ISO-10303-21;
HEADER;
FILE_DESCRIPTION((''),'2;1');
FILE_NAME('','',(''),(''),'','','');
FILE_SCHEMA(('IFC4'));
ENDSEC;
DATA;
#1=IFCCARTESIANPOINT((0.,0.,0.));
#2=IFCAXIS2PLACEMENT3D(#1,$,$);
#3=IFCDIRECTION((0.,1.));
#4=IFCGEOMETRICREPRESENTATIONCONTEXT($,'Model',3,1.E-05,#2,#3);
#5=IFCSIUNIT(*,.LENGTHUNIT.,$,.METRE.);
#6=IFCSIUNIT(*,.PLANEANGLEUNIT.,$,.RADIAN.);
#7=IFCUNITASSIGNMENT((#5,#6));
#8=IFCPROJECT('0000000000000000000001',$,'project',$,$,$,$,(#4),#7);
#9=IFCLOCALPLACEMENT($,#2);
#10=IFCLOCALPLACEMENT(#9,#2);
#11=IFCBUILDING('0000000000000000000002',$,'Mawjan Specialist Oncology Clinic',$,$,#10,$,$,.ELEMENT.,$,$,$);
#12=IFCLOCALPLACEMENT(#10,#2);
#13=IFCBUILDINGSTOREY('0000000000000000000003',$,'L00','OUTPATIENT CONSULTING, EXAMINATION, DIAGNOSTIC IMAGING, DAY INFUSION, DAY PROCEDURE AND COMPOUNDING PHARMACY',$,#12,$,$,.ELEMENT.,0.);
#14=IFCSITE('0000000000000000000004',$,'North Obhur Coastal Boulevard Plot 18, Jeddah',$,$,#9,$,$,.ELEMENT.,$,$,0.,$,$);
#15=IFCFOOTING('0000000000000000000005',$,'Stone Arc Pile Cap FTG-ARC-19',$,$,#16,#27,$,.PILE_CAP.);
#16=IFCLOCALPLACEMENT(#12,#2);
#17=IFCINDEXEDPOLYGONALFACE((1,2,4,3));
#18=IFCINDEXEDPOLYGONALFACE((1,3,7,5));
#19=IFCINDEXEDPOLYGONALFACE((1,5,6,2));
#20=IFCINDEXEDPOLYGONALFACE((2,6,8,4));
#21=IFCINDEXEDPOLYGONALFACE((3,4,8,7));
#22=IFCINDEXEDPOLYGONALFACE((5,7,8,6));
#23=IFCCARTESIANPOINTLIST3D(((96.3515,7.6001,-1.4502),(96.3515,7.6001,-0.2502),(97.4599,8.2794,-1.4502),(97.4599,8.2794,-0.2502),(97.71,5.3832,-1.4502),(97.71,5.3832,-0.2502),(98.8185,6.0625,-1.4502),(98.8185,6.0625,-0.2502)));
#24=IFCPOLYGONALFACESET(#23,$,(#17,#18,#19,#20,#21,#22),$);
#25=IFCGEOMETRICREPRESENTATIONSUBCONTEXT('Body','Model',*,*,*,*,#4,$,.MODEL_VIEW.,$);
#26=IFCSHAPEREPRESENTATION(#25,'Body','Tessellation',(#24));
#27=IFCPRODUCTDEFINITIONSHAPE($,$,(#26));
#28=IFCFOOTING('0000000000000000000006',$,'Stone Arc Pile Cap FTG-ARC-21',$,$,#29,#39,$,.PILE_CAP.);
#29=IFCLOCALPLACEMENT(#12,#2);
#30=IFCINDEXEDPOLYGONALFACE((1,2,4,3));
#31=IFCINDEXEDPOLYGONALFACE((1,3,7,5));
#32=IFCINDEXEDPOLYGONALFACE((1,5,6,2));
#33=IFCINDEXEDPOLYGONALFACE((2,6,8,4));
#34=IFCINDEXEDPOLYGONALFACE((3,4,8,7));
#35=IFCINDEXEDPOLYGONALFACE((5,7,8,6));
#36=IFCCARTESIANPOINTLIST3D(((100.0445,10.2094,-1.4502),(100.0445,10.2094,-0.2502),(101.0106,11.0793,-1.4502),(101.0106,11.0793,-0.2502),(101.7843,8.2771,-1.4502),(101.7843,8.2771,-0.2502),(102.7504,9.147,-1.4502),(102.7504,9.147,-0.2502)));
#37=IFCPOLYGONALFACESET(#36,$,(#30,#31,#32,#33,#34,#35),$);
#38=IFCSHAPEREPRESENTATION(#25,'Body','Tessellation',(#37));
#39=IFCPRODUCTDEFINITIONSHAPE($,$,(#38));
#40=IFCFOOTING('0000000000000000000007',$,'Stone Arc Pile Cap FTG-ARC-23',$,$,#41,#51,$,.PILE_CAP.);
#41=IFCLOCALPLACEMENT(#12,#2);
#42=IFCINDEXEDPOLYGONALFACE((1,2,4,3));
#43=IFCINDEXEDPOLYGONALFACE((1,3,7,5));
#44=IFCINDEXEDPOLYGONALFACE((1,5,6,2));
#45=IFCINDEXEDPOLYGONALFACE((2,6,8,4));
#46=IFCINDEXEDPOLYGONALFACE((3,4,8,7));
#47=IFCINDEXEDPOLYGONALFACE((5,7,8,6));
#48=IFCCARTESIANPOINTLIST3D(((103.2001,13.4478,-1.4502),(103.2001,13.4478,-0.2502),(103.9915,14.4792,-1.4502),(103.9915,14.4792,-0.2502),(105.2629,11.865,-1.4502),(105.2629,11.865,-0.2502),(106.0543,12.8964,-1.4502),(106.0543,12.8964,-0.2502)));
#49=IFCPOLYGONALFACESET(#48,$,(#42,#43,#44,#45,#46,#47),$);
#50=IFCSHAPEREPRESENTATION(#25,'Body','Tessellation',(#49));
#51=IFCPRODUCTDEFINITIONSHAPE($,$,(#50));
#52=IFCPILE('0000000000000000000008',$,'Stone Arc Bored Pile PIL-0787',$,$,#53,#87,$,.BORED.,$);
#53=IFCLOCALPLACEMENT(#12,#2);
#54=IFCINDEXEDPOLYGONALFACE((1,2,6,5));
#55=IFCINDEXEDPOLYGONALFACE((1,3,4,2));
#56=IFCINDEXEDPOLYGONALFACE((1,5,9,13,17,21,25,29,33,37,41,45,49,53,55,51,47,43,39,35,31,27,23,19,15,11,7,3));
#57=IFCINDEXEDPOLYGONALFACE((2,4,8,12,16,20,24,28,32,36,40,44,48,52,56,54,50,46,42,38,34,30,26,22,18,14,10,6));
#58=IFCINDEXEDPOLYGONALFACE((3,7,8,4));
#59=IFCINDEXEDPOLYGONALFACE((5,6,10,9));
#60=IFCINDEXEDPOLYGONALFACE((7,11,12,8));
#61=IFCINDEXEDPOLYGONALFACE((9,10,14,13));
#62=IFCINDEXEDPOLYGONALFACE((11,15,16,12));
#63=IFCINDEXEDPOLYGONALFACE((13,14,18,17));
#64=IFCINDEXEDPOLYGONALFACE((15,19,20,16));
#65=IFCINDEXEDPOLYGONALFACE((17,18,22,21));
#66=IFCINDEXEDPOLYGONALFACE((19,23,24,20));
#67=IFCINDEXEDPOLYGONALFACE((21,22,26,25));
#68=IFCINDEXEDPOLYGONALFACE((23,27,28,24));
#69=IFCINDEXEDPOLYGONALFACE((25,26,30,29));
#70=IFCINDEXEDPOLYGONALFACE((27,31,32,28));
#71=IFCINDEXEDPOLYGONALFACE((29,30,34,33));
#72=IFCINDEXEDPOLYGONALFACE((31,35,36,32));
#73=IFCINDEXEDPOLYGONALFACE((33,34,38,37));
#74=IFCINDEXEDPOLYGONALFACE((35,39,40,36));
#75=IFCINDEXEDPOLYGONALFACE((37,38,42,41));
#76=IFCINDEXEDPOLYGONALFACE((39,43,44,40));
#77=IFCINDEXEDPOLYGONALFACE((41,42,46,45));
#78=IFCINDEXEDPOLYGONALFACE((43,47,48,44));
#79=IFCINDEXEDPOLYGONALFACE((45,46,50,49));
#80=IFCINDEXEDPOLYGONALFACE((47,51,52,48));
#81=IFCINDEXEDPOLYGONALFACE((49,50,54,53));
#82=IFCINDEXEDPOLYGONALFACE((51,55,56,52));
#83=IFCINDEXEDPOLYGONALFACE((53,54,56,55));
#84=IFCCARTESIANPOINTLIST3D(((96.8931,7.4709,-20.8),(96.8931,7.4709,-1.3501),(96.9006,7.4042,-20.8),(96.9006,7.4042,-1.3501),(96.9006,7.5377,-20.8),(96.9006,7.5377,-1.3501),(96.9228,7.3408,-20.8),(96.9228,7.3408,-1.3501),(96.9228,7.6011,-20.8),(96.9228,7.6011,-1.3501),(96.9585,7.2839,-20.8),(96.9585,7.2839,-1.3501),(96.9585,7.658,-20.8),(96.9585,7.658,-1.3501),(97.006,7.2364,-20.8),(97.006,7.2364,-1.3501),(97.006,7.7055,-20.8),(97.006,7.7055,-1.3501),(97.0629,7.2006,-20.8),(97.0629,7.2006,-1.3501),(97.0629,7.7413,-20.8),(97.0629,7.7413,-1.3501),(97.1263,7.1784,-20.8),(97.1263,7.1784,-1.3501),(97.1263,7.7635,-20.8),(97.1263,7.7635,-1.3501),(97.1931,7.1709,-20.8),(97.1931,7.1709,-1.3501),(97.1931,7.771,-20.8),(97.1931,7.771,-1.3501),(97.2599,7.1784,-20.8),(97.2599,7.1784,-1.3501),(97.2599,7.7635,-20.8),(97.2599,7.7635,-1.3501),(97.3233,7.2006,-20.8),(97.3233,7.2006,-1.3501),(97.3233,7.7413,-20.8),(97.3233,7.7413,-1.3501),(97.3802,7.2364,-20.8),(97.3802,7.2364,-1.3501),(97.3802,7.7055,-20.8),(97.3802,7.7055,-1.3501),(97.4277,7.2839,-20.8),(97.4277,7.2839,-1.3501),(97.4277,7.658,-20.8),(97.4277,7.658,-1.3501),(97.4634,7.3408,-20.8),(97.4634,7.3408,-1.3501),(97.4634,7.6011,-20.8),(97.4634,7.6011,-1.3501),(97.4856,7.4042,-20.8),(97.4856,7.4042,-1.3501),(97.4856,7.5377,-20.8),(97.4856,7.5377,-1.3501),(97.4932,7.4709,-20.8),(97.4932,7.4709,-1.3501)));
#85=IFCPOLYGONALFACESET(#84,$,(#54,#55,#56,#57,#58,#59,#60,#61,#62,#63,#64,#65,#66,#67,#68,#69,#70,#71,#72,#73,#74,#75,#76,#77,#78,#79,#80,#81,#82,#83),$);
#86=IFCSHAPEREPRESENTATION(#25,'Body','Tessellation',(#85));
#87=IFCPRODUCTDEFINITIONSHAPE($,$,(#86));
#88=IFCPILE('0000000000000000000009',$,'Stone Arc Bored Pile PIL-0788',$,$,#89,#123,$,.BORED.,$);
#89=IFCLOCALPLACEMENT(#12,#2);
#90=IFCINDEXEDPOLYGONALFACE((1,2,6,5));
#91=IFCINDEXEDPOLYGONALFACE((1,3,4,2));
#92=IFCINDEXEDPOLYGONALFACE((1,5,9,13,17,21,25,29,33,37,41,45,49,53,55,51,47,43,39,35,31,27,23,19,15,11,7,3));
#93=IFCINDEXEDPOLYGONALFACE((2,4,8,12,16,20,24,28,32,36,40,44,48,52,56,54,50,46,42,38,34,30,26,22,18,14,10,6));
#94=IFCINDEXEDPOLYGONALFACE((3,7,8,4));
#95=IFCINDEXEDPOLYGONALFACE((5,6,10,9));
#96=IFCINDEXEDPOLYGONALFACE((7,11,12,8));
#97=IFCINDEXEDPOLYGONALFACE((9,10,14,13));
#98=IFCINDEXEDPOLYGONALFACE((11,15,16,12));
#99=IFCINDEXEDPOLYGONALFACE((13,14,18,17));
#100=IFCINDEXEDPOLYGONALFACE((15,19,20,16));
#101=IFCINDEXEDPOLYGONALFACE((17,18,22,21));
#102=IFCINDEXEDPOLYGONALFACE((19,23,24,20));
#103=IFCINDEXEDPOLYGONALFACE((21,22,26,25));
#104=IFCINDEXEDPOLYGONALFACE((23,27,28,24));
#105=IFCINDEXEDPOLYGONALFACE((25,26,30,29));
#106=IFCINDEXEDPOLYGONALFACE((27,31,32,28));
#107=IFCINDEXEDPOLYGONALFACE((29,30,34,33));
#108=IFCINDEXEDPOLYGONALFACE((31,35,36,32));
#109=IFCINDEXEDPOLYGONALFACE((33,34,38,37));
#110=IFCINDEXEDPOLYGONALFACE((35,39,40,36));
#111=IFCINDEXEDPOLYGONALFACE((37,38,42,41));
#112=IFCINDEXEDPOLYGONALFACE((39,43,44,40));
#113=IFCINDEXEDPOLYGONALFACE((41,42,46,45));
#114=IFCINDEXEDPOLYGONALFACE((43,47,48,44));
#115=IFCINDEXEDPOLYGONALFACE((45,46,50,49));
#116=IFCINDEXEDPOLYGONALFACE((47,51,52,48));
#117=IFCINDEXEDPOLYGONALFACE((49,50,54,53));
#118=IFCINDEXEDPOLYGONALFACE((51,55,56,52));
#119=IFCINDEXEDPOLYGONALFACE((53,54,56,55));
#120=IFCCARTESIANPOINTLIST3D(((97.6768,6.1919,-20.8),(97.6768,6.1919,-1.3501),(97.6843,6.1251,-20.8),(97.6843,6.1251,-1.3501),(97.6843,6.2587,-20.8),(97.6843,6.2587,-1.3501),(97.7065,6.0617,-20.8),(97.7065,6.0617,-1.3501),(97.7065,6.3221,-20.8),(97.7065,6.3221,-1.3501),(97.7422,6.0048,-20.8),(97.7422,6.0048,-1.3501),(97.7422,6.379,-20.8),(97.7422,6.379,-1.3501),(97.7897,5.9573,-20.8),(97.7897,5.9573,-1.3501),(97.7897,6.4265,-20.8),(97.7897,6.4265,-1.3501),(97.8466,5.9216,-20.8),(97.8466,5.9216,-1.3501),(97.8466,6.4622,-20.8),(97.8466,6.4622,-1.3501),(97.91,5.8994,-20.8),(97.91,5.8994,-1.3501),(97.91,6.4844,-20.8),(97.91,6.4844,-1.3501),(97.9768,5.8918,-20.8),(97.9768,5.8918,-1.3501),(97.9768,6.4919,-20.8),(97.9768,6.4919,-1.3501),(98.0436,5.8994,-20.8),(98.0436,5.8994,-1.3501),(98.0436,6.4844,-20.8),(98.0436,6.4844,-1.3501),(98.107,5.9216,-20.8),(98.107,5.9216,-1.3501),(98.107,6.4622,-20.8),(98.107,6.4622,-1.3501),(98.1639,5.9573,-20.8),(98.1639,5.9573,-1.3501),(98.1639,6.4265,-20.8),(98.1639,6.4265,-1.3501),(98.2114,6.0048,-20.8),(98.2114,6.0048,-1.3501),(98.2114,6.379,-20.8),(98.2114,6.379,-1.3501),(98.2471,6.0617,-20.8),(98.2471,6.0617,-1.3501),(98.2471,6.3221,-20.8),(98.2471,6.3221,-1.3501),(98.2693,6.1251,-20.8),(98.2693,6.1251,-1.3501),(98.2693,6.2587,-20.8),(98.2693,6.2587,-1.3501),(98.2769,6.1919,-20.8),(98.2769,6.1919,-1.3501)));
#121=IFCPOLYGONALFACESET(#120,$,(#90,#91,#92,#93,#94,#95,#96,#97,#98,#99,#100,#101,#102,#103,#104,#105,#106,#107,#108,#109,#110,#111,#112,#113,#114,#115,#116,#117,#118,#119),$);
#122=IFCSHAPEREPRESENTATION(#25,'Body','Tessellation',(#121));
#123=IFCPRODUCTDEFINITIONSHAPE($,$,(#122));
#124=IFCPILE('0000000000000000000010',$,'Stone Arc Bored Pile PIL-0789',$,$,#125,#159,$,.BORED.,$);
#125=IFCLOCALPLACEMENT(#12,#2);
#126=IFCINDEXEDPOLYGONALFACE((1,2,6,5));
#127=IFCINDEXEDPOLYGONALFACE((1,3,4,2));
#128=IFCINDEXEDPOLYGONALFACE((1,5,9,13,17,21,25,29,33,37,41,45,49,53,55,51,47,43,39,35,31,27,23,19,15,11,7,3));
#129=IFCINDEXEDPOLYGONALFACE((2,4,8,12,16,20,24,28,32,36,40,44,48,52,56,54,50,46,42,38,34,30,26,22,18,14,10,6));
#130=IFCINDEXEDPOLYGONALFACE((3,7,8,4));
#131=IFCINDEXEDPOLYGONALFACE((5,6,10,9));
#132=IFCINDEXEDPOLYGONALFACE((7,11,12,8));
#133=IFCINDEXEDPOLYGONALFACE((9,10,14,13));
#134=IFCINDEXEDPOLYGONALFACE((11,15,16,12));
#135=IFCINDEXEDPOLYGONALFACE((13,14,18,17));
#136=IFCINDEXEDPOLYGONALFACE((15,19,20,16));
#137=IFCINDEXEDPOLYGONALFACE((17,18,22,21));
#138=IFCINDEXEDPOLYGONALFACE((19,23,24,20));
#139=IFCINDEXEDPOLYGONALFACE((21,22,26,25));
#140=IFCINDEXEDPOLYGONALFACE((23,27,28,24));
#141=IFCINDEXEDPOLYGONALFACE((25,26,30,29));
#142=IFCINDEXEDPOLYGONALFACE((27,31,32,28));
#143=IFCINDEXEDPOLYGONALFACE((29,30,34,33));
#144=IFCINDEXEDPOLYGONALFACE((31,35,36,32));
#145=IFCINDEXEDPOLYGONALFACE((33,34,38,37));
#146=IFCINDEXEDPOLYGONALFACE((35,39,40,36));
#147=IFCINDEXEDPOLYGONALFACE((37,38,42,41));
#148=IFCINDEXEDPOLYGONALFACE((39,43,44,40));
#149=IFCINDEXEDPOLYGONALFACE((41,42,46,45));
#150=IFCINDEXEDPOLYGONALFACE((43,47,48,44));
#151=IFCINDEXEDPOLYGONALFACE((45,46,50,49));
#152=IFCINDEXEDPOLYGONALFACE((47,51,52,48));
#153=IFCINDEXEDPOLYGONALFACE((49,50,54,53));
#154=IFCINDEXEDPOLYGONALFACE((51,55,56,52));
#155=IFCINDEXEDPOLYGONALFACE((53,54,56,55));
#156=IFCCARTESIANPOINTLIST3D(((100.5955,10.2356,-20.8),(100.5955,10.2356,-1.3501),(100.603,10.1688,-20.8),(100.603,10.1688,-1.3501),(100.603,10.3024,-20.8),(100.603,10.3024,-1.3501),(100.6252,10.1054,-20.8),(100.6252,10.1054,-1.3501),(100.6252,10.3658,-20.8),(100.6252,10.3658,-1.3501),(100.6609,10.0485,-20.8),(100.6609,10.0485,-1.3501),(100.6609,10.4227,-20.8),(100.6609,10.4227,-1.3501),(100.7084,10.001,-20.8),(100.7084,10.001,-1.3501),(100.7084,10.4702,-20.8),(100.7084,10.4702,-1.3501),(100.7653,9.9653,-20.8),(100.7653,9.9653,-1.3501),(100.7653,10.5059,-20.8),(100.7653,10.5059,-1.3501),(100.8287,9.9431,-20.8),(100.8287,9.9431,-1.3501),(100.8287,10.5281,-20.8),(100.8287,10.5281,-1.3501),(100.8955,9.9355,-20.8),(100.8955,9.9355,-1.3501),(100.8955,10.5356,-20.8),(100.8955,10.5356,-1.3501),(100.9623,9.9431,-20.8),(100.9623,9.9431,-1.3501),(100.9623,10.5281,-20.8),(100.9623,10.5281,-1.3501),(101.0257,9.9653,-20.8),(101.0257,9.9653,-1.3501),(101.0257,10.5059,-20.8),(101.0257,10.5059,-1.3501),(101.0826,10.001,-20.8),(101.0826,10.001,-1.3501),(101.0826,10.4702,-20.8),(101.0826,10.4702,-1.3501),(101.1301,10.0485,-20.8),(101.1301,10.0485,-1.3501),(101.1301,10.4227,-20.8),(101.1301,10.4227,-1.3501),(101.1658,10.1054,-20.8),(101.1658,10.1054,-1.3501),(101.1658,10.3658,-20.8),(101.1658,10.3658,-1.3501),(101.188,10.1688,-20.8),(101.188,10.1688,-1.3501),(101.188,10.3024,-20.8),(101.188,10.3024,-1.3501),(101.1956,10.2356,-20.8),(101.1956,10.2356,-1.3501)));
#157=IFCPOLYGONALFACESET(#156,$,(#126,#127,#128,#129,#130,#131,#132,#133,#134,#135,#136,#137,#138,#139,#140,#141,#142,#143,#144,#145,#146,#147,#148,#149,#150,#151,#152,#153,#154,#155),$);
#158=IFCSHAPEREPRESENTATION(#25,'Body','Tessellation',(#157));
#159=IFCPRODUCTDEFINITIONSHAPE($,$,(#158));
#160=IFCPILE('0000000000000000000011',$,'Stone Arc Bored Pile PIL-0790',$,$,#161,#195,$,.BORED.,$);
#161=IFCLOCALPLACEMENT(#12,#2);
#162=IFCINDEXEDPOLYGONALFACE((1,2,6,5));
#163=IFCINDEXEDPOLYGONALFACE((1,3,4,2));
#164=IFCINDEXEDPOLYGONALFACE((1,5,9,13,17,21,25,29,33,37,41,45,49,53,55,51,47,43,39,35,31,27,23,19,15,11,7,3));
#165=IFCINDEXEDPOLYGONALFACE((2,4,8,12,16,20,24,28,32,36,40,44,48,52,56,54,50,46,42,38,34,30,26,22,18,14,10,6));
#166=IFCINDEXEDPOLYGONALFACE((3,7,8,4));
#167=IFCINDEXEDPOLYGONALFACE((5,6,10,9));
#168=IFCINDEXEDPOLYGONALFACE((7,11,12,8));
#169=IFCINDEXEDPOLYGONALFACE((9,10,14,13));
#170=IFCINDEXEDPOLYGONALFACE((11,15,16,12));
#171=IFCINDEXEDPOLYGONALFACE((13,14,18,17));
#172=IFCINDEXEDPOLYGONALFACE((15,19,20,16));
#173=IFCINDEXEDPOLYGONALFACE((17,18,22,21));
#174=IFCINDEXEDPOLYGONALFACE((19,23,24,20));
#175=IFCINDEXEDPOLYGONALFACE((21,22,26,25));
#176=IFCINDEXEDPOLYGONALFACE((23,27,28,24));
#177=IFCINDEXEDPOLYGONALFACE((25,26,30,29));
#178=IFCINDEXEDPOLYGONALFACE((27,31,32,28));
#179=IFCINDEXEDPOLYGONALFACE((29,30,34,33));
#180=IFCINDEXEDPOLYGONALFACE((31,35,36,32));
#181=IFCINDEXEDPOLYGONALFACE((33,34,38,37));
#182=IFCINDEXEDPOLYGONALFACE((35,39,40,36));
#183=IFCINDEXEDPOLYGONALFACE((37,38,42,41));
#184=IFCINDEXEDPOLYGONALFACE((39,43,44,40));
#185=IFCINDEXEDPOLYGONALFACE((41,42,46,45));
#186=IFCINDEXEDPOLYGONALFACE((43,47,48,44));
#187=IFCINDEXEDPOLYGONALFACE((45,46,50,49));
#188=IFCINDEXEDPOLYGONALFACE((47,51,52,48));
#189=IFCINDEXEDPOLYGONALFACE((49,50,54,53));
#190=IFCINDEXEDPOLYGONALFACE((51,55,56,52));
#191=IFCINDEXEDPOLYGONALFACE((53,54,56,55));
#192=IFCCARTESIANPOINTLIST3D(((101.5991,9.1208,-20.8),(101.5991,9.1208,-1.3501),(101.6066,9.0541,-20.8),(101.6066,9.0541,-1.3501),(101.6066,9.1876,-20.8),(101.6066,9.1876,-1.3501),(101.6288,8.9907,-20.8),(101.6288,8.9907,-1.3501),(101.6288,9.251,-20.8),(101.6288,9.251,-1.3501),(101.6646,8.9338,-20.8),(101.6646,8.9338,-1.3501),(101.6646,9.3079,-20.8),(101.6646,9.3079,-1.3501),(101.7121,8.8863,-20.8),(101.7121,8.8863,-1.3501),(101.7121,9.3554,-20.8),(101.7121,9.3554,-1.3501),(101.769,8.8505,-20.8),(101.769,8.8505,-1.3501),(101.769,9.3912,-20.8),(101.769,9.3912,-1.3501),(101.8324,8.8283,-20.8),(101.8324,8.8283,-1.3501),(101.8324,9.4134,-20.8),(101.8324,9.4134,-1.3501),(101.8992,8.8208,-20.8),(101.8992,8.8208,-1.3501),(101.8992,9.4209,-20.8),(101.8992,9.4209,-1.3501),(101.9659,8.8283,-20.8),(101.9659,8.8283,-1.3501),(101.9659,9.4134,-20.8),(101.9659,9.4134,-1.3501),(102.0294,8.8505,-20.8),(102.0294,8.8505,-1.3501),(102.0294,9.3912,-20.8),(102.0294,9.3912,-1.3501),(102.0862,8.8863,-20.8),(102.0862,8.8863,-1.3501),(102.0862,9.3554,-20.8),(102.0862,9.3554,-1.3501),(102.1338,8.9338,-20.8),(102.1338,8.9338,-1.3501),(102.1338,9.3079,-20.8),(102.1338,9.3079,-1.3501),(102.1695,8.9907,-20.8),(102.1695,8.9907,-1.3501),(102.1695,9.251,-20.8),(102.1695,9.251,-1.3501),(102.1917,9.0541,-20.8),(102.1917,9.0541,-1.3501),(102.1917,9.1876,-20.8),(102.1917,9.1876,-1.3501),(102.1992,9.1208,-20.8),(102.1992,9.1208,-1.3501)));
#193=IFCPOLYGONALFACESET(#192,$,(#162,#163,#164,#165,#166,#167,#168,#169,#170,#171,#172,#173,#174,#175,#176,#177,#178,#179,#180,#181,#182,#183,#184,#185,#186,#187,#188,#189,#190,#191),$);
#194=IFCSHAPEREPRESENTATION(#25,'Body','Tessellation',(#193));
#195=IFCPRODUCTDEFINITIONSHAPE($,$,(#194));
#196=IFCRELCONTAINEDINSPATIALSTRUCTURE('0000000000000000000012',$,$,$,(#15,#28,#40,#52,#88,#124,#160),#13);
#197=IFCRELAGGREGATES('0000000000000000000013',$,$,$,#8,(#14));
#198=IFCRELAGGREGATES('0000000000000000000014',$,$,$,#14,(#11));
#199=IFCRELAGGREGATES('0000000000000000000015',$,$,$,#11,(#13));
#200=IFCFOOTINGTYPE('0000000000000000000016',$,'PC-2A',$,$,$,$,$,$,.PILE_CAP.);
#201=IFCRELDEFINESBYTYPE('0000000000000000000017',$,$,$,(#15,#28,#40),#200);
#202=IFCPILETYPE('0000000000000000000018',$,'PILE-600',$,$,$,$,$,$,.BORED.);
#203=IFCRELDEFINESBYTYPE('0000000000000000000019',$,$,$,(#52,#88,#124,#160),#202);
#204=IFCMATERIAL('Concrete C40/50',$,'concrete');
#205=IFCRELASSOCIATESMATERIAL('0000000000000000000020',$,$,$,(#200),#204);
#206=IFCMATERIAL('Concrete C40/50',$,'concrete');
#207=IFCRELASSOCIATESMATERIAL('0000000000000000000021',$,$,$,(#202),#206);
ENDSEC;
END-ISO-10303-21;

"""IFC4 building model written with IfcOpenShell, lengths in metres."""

from ifc_helpers import new_model, si_unit, direction, frame, origin, origin_2d, place, context, subcontext, project, spatial, rectangle, circle, extrude, material, material_profile, profile_set, type_object, element, save


model = new_model("IFC4")

# Units and contexts
model_context = context("Model", 3, precision=1e-05, world=origin(), true_north=direction((0.0, 1.0)))
body_context = subcontext(model_context, "Body", "Model", "MODEL_VIEW")
ifc_project = project(units=[si_unit("LENGTHUNIT", "METRE"), si_unit("PLANEANGLEUNIT", "RADIAN")], contexts=[model_context])

# Site, building, storey
site_placement = place(None, origin())
site = spatial("IfcSite", under=ifc_project, at=site_placement, Name="North Obhur Coastal Boulevard Plot 18, Jeddah", CompositionType="ELEMENT", RefElevation=0.0)
building_placement = place(site_placement, origin())
building = spatial("IfcBuilding", under=site, at=building_placement, Name="Mawjan Specialist Oncology Clinic", CompositionType="ELEMENT")
storey_placement = place(building_placement, origin())
storey = spatial("IfcBuildingStorey", under=building, at=storey_placement, Name="L00", Description="OUTPATIENT CONSULTING, EXAMINATION, DIAGNOSTIC IMAGING, DAY INFUSION, DAY PROCEDURE AND COMPOUNDING PHARMACY", CompositionType="ELEMENT", Elevation=0.0)

# Footings
ifc_material_1 = material(Name="Concrete C40/50", Category="concrete")
footing_type_1 = type_object("IfcFootingType", Name="PC-2A", PredefinedType="PILE_CAP", material=ifc_material_1)
for number, where, z_axis, x_axis, name in (
    (1, (97.585, 6.8313, -1.4502), (0.0, 0.0, 1.0), (0.522499, -0.85264, 0.0), "Stone Arc Pile Cap FTG-ARC-19"),
    (2, (101.3975, 9.6782, -1.4502), (0.0, 0.0, 1.0), (0.669131, -0.743145, 0.0), "Stone Arc Pile Cap FTG-ARC-21"),
    (3, (104.6272, 13.1721, -1.4502), (0.0, 0.0, 1.0), (0.793353, -0.608761, 0.0), "Stone Arc Pile Cap FTG-ARC-23"),
):
    element("IfcFooting", number, at=place(storey_placement, frame(where, z_axis=z_axis, x_axis=x_axis)), inside=storey, type_object=footing_type_1, Name=name, PredefinedType="PILE_CAP", context=body_context, shape_type="SweptSolid", body=[
        extrude(rectangle(XDim=2.6001, YDim=1.3, at=origin_2d()), origin(), (0.0, 0.0, 1.0), 1.2),
    ])

# Piles
ifc_material_2 = material(Name="Concrete C40/50", Category="concrete")
ifc_material_profile_1 = material_profile(ifc_material_2, circle(Radius=0.3, at=origin_2d()), Name="BORED PILE D600", Category="concrete")
ifc_profile_set_1 = profile_set([ifc_material_profile_1], Name="Concrete C40/50")
pile_type = type_object("IfcPileType", Name="PILE-600", PredefinedType="BORED", material=ifc_profile_set_1)
for number, where, z_axis, x_axis, name in (
    (4, (97.1931, 7.4709, -1.3501), (0.0, 0.0, -1.0), (1.0, 0.0, 0.0), "Stone Arc Bored Pile PIL-0787"),
    (5, (97.9768, 6.1919, -1.3501), (0.0, 0.0, -1.0), (1.0, 0.0, 0.0), "Stone Arc Bored Pile PIL-0788"),
    (6, (100.8955, 10.2356, -1.3501), (0.0, 0.0, -1.0), (1.0, 0.0, 0.0), "Stone Arc Bored Pile PIL-0789"),
    (7, (101.8992, 9.1208, -1.3501), (0.0, 0.0, -1.0), (1.0, 0.0, 0.0), "Stone Arc Bored Pile PIL-0790"),
):
    element("IfcPile", number, at=place(storey_placement, frame(where, z_axis=z_axis, x_axis=x_axis)), inside=storey, type_object=pile_type, Name=name, PredefinedType="BORED", context=body_context, shape_type="SweptSolid", body=[
        extrude(circle(Radius=0.3, at=origin_2d()), origin(), (0.0, 0.0, 1.0), 19.45),
    ])

save(model, "model.ifc")
